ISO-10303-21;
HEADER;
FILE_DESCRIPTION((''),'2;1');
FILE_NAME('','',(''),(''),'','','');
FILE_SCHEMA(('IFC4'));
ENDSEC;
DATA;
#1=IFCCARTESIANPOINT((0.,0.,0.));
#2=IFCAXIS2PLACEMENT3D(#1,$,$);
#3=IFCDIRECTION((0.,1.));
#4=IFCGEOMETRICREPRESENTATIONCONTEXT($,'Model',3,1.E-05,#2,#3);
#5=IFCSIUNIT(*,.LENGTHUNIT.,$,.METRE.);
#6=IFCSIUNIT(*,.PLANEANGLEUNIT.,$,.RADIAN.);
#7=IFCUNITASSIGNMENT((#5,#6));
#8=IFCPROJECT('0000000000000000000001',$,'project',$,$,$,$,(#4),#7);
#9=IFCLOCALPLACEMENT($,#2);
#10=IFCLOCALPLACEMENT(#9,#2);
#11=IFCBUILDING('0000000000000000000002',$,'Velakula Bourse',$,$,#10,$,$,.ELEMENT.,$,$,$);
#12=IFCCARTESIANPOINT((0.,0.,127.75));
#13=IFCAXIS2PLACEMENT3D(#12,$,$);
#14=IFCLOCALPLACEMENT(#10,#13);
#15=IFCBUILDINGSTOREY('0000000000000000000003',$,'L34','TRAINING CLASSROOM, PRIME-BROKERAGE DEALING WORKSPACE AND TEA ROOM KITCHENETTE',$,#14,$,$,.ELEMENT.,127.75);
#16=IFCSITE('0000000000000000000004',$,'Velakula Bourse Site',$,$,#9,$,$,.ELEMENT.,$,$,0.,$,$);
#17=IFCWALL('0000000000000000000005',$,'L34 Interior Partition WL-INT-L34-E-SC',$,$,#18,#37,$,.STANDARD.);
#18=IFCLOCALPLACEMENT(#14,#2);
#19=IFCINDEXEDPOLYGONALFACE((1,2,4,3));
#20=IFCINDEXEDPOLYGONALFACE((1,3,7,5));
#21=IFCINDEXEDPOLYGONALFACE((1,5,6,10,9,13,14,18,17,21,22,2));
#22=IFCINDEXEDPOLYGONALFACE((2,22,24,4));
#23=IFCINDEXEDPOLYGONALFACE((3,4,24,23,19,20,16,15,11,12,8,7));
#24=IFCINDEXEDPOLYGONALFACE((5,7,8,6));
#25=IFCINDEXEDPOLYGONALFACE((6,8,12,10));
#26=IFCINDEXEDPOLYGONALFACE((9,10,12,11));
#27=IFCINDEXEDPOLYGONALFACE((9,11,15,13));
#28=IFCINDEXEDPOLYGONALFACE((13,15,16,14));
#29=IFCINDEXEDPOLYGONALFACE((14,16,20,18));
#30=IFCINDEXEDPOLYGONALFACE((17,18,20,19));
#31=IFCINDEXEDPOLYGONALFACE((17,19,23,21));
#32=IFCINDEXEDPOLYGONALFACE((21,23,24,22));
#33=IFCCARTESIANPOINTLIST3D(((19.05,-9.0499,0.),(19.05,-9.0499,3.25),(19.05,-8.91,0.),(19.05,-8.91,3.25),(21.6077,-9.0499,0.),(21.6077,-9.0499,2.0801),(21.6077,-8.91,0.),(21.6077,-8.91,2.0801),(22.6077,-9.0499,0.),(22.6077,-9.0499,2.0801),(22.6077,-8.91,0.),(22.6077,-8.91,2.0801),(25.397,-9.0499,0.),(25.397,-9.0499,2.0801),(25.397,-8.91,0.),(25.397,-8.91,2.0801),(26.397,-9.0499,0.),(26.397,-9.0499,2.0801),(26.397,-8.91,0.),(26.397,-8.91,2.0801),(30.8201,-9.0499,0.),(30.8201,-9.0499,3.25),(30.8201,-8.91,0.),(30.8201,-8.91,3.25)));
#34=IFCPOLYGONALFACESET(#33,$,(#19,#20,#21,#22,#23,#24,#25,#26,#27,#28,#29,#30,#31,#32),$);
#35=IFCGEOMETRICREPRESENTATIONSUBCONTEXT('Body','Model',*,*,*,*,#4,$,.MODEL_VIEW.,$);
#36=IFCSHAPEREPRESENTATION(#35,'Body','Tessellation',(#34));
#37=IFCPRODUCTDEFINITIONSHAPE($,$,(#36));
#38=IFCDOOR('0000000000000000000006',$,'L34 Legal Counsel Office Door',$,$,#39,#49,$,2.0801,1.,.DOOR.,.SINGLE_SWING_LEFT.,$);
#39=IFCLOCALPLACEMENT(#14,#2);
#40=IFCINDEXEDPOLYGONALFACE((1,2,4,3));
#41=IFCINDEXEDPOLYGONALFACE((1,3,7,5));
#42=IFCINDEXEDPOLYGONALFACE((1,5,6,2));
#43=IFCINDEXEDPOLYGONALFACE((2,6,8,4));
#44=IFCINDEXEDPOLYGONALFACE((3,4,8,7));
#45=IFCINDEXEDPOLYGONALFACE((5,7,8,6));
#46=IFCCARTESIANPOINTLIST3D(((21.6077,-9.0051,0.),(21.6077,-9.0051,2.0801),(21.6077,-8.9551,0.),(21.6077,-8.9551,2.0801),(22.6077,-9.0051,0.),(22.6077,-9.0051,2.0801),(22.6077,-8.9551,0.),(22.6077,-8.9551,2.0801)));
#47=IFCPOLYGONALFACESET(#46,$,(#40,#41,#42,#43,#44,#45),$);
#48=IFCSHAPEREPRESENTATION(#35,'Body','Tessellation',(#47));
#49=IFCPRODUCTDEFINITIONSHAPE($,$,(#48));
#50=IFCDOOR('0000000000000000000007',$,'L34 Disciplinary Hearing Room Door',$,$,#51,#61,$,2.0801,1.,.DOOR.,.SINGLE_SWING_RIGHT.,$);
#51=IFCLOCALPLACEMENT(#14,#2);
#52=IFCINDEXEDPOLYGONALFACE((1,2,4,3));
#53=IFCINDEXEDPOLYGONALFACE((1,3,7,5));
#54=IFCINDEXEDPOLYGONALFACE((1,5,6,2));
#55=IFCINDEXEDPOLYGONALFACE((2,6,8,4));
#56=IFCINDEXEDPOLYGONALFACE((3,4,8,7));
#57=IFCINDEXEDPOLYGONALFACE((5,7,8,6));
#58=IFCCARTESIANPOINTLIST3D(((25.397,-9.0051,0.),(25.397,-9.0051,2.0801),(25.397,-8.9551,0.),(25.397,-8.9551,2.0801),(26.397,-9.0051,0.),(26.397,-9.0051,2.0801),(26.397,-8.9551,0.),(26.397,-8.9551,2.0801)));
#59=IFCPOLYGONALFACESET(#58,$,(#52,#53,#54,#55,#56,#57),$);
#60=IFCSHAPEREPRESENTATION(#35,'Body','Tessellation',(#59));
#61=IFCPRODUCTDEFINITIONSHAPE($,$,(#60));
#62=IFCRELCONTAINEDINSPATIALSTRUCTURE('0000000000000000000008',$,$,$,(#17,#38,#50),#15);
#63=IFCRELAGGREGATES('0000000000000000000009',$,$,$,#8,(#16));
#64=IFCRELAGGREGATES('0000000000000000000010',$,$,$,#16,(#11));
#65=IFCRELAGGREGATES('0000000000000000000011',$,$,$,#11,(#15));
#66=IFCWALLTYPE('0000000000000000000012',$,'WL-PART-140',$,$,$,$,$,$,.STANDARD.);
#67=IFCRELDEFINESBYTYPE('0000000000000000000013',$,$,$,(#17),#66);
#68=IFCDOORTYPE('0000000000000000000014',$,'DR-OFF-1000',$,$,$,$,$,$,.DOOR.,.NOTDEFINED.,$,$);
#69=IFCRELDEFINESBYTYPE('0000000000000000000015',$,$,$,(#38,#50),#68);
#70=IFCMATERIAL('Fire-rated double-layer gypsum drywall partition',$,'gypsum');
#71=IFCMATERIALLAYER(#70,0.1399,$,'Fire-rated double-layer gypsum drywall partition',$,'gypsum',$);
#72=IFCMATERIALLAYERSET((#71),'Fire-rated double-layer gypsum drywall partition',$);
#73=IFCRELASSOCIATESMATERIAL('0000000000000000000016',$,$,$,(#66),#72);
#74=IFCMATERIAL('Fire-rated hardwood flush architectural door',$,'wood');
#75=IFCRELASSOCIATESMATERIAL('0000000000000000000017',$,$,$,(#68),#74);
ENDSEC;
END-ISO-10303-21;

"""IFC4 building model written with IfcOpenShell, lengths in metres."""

from ifc_helpers import new_model, si_unit, direction, frame, frame_2d, origin, place, context, subcontext, project, spatial, rectangle, extrude, material, layer, layer_set, type_object, element, fill, save


model = new_model("IFC4")

# Units and contexts
model_context = context("Model", 3, precision=1e-05, world=origin(), true_north=direction((0.0, 1.0)))
body_context = subcontext(model_context, "Body", "Model", "MODEL_VIEW")
ifc_project = project(units=[si_unit("LENGTHUNIT", "METRE"), si_unit("PLANEANGLEUNIT", "RADIAN")], contexts=[model_context])

# Site, building, storey
site_placement = place(None, origin())
site = spatial("IfcSite", under=ifc_project, at=site_placement, Name="Velakula Bourse Site", CompositionType="ELEMENT", RefElevation=0.0)
building_placement = place(site_placement, origin())
building = spatial("IfcBuilding", under=site, at=building_placement, Name="Velakula Bourse", CompositionType="ELEMENT")
storey_placement = place(building_placement, frame((0.0, 0.0, 127.75)))
storey = spatial("IfcBuildingStorey", under=building, at=storey_placement, Name="L34", Description="TRAINING CLASSROOM, PRIME-BROKERAGE DEALING WORKSPACE AND TEA ROOM KITCHENETTE", CompositionType="ELEMENT", Elevation=127.75)

# Shared definitions
ifc_material_1 = material(Name="Fire-rated double-layer gypsum drywall partition", Category="gypsum")

# Wall, openings, doors
ifc_layer_1 = layer(ifc_material_1, 0.1399, Name="Fire-rated double-layer gypsum drywall partition", Category="gypsum")
ifc_layer_set_1 = layer_set([ifc_layer_1], Name="Fire-rated double-layer gypsum drywall partition")
wall_type_1 = type_object("IfcWallType", Name="WL-PART-140", PredefinedType="STANDARD", material=ifc_layer_set_1)
wall_1_placement = place(storey_placement, frame((19.05, -8.98, 0.0), z_axis=(0.0, 0.0, 1.0), x_axis=(1.0, 0.0, 0.0)))
wall_1 = element("IfcWall", 1, at=wall_1_placement, inside=storey, type_object=wall_type_1, Name="L34 Interior Partition WL-INT-L34-E-SC", PredefinedType="STANDARD", context=body_context, shape_type="SweptSolid", body=[
    extrude(rectangle(XDim=11.77, YDim=0.1399, at=frame_2d((5.885, 0.0))), origin(), (0.0, 0.0, 1.0), 3.25),
])
opening_1_placement = place(wall_1_placement, frame((2.5576, 0.0, 0.0)))
opening_1 = element("IfcOpeningElement", 2, at=opening_1_placement, cuts=wall_1, PredefinedType="OPENING", context=body_context, shape_type="SweptSolid", body=[
    extrude(rectangle(XDim=1.0, YDim=2.0801, at=frame_2d((0.5, 1.04))), frame((0.0, 0.0798, 0.0), z_axis=(0.0, -1.0, 0.0), x_axis=(1.0, 0.0, 0.0)), (0.0, 0.0, 1.0), 0.1599),
])
opening_2_placement = place(wall_1_placement, frame((6.3469, 0.0, 0.0)))
opening_2 = element("IfcOpeningElement", 3, at=opening_2_placement, cuts=wall_1, PredefinedType="OPENING", context=body_context, shape_type="SweptSolid", body=[
    extrude(rectangle(XDim=1.0, YDim=2.0801, at=frame_2d((0.5, 1.04))), frame((0.0, 0.0798, 0.0), z_axis=(0.0, -1.0, 0.0), x_axis=(1.0, 0.0, 0.0)), (0.0, 0.0, 1.0), 0.1599),
])
ifc_material_2 = material(Name="Fire-rated hardwood flush architectural door", Category="wood")
door_type = type_object("IfcDoorType", Name="DR-OFF-1000", OperationType="NOTDEFINED", PredefinedType="DOOR", material=ifc_material_2)
door_1_placement = place(opening_1_placement, origin())
door_1 = element("IfcDoor", 4, at=door_1_placement, inside=storey, type_object=door_type, Name="L34 Legal Counsel Office Door", OperationType="SINGLE_SWING_LEFT", OverallHeight=2.0801, OverallWidth=1.0, PredefinedType="DOOR", context=body_context, shape_type="SweptSolid", body=[
    extrude(rectangle(XDim=1.0, YDim=2.0801, at=frame_2d((0.5, 1.04))), frame((0.0, 0.0249, 0.0), z_axis=(0.0, -1.0, 0.0), x_axis=(1.0, 0.0, 0.0)), (0.0, 0.0, 1.0), 0.05),
])
fill(opening_1, door_1)
door_2_placement = place(opening_2_placement, origin())
door_2 = element("IfcDoor", 5, at=door_2_placement, inside=storey, type_object=door_type, Name="L34 Disciplinary Hearing Room Door", OperationType="SINGLE_SWING_RIGHT", OverallHeight=2.0801, OverallWidth=1.0, PredefinedType="DOOR", context=body_context, shape_type="SweptSolid", body=[
    extrude(rectangle(XDim=1.0, YDim=2.0801, at=frame_2d((0.5, 1.04))), frame((0.0, 0.0249, 0.0), z_axis=(0.0, -1.0, 0.0), x_axis=(1.0, 0.0, 0.0)), (0.0, 0.0, 1.0), 0.05),
])
fill(opening_2, door_2)

save(model, "model.ifc")
